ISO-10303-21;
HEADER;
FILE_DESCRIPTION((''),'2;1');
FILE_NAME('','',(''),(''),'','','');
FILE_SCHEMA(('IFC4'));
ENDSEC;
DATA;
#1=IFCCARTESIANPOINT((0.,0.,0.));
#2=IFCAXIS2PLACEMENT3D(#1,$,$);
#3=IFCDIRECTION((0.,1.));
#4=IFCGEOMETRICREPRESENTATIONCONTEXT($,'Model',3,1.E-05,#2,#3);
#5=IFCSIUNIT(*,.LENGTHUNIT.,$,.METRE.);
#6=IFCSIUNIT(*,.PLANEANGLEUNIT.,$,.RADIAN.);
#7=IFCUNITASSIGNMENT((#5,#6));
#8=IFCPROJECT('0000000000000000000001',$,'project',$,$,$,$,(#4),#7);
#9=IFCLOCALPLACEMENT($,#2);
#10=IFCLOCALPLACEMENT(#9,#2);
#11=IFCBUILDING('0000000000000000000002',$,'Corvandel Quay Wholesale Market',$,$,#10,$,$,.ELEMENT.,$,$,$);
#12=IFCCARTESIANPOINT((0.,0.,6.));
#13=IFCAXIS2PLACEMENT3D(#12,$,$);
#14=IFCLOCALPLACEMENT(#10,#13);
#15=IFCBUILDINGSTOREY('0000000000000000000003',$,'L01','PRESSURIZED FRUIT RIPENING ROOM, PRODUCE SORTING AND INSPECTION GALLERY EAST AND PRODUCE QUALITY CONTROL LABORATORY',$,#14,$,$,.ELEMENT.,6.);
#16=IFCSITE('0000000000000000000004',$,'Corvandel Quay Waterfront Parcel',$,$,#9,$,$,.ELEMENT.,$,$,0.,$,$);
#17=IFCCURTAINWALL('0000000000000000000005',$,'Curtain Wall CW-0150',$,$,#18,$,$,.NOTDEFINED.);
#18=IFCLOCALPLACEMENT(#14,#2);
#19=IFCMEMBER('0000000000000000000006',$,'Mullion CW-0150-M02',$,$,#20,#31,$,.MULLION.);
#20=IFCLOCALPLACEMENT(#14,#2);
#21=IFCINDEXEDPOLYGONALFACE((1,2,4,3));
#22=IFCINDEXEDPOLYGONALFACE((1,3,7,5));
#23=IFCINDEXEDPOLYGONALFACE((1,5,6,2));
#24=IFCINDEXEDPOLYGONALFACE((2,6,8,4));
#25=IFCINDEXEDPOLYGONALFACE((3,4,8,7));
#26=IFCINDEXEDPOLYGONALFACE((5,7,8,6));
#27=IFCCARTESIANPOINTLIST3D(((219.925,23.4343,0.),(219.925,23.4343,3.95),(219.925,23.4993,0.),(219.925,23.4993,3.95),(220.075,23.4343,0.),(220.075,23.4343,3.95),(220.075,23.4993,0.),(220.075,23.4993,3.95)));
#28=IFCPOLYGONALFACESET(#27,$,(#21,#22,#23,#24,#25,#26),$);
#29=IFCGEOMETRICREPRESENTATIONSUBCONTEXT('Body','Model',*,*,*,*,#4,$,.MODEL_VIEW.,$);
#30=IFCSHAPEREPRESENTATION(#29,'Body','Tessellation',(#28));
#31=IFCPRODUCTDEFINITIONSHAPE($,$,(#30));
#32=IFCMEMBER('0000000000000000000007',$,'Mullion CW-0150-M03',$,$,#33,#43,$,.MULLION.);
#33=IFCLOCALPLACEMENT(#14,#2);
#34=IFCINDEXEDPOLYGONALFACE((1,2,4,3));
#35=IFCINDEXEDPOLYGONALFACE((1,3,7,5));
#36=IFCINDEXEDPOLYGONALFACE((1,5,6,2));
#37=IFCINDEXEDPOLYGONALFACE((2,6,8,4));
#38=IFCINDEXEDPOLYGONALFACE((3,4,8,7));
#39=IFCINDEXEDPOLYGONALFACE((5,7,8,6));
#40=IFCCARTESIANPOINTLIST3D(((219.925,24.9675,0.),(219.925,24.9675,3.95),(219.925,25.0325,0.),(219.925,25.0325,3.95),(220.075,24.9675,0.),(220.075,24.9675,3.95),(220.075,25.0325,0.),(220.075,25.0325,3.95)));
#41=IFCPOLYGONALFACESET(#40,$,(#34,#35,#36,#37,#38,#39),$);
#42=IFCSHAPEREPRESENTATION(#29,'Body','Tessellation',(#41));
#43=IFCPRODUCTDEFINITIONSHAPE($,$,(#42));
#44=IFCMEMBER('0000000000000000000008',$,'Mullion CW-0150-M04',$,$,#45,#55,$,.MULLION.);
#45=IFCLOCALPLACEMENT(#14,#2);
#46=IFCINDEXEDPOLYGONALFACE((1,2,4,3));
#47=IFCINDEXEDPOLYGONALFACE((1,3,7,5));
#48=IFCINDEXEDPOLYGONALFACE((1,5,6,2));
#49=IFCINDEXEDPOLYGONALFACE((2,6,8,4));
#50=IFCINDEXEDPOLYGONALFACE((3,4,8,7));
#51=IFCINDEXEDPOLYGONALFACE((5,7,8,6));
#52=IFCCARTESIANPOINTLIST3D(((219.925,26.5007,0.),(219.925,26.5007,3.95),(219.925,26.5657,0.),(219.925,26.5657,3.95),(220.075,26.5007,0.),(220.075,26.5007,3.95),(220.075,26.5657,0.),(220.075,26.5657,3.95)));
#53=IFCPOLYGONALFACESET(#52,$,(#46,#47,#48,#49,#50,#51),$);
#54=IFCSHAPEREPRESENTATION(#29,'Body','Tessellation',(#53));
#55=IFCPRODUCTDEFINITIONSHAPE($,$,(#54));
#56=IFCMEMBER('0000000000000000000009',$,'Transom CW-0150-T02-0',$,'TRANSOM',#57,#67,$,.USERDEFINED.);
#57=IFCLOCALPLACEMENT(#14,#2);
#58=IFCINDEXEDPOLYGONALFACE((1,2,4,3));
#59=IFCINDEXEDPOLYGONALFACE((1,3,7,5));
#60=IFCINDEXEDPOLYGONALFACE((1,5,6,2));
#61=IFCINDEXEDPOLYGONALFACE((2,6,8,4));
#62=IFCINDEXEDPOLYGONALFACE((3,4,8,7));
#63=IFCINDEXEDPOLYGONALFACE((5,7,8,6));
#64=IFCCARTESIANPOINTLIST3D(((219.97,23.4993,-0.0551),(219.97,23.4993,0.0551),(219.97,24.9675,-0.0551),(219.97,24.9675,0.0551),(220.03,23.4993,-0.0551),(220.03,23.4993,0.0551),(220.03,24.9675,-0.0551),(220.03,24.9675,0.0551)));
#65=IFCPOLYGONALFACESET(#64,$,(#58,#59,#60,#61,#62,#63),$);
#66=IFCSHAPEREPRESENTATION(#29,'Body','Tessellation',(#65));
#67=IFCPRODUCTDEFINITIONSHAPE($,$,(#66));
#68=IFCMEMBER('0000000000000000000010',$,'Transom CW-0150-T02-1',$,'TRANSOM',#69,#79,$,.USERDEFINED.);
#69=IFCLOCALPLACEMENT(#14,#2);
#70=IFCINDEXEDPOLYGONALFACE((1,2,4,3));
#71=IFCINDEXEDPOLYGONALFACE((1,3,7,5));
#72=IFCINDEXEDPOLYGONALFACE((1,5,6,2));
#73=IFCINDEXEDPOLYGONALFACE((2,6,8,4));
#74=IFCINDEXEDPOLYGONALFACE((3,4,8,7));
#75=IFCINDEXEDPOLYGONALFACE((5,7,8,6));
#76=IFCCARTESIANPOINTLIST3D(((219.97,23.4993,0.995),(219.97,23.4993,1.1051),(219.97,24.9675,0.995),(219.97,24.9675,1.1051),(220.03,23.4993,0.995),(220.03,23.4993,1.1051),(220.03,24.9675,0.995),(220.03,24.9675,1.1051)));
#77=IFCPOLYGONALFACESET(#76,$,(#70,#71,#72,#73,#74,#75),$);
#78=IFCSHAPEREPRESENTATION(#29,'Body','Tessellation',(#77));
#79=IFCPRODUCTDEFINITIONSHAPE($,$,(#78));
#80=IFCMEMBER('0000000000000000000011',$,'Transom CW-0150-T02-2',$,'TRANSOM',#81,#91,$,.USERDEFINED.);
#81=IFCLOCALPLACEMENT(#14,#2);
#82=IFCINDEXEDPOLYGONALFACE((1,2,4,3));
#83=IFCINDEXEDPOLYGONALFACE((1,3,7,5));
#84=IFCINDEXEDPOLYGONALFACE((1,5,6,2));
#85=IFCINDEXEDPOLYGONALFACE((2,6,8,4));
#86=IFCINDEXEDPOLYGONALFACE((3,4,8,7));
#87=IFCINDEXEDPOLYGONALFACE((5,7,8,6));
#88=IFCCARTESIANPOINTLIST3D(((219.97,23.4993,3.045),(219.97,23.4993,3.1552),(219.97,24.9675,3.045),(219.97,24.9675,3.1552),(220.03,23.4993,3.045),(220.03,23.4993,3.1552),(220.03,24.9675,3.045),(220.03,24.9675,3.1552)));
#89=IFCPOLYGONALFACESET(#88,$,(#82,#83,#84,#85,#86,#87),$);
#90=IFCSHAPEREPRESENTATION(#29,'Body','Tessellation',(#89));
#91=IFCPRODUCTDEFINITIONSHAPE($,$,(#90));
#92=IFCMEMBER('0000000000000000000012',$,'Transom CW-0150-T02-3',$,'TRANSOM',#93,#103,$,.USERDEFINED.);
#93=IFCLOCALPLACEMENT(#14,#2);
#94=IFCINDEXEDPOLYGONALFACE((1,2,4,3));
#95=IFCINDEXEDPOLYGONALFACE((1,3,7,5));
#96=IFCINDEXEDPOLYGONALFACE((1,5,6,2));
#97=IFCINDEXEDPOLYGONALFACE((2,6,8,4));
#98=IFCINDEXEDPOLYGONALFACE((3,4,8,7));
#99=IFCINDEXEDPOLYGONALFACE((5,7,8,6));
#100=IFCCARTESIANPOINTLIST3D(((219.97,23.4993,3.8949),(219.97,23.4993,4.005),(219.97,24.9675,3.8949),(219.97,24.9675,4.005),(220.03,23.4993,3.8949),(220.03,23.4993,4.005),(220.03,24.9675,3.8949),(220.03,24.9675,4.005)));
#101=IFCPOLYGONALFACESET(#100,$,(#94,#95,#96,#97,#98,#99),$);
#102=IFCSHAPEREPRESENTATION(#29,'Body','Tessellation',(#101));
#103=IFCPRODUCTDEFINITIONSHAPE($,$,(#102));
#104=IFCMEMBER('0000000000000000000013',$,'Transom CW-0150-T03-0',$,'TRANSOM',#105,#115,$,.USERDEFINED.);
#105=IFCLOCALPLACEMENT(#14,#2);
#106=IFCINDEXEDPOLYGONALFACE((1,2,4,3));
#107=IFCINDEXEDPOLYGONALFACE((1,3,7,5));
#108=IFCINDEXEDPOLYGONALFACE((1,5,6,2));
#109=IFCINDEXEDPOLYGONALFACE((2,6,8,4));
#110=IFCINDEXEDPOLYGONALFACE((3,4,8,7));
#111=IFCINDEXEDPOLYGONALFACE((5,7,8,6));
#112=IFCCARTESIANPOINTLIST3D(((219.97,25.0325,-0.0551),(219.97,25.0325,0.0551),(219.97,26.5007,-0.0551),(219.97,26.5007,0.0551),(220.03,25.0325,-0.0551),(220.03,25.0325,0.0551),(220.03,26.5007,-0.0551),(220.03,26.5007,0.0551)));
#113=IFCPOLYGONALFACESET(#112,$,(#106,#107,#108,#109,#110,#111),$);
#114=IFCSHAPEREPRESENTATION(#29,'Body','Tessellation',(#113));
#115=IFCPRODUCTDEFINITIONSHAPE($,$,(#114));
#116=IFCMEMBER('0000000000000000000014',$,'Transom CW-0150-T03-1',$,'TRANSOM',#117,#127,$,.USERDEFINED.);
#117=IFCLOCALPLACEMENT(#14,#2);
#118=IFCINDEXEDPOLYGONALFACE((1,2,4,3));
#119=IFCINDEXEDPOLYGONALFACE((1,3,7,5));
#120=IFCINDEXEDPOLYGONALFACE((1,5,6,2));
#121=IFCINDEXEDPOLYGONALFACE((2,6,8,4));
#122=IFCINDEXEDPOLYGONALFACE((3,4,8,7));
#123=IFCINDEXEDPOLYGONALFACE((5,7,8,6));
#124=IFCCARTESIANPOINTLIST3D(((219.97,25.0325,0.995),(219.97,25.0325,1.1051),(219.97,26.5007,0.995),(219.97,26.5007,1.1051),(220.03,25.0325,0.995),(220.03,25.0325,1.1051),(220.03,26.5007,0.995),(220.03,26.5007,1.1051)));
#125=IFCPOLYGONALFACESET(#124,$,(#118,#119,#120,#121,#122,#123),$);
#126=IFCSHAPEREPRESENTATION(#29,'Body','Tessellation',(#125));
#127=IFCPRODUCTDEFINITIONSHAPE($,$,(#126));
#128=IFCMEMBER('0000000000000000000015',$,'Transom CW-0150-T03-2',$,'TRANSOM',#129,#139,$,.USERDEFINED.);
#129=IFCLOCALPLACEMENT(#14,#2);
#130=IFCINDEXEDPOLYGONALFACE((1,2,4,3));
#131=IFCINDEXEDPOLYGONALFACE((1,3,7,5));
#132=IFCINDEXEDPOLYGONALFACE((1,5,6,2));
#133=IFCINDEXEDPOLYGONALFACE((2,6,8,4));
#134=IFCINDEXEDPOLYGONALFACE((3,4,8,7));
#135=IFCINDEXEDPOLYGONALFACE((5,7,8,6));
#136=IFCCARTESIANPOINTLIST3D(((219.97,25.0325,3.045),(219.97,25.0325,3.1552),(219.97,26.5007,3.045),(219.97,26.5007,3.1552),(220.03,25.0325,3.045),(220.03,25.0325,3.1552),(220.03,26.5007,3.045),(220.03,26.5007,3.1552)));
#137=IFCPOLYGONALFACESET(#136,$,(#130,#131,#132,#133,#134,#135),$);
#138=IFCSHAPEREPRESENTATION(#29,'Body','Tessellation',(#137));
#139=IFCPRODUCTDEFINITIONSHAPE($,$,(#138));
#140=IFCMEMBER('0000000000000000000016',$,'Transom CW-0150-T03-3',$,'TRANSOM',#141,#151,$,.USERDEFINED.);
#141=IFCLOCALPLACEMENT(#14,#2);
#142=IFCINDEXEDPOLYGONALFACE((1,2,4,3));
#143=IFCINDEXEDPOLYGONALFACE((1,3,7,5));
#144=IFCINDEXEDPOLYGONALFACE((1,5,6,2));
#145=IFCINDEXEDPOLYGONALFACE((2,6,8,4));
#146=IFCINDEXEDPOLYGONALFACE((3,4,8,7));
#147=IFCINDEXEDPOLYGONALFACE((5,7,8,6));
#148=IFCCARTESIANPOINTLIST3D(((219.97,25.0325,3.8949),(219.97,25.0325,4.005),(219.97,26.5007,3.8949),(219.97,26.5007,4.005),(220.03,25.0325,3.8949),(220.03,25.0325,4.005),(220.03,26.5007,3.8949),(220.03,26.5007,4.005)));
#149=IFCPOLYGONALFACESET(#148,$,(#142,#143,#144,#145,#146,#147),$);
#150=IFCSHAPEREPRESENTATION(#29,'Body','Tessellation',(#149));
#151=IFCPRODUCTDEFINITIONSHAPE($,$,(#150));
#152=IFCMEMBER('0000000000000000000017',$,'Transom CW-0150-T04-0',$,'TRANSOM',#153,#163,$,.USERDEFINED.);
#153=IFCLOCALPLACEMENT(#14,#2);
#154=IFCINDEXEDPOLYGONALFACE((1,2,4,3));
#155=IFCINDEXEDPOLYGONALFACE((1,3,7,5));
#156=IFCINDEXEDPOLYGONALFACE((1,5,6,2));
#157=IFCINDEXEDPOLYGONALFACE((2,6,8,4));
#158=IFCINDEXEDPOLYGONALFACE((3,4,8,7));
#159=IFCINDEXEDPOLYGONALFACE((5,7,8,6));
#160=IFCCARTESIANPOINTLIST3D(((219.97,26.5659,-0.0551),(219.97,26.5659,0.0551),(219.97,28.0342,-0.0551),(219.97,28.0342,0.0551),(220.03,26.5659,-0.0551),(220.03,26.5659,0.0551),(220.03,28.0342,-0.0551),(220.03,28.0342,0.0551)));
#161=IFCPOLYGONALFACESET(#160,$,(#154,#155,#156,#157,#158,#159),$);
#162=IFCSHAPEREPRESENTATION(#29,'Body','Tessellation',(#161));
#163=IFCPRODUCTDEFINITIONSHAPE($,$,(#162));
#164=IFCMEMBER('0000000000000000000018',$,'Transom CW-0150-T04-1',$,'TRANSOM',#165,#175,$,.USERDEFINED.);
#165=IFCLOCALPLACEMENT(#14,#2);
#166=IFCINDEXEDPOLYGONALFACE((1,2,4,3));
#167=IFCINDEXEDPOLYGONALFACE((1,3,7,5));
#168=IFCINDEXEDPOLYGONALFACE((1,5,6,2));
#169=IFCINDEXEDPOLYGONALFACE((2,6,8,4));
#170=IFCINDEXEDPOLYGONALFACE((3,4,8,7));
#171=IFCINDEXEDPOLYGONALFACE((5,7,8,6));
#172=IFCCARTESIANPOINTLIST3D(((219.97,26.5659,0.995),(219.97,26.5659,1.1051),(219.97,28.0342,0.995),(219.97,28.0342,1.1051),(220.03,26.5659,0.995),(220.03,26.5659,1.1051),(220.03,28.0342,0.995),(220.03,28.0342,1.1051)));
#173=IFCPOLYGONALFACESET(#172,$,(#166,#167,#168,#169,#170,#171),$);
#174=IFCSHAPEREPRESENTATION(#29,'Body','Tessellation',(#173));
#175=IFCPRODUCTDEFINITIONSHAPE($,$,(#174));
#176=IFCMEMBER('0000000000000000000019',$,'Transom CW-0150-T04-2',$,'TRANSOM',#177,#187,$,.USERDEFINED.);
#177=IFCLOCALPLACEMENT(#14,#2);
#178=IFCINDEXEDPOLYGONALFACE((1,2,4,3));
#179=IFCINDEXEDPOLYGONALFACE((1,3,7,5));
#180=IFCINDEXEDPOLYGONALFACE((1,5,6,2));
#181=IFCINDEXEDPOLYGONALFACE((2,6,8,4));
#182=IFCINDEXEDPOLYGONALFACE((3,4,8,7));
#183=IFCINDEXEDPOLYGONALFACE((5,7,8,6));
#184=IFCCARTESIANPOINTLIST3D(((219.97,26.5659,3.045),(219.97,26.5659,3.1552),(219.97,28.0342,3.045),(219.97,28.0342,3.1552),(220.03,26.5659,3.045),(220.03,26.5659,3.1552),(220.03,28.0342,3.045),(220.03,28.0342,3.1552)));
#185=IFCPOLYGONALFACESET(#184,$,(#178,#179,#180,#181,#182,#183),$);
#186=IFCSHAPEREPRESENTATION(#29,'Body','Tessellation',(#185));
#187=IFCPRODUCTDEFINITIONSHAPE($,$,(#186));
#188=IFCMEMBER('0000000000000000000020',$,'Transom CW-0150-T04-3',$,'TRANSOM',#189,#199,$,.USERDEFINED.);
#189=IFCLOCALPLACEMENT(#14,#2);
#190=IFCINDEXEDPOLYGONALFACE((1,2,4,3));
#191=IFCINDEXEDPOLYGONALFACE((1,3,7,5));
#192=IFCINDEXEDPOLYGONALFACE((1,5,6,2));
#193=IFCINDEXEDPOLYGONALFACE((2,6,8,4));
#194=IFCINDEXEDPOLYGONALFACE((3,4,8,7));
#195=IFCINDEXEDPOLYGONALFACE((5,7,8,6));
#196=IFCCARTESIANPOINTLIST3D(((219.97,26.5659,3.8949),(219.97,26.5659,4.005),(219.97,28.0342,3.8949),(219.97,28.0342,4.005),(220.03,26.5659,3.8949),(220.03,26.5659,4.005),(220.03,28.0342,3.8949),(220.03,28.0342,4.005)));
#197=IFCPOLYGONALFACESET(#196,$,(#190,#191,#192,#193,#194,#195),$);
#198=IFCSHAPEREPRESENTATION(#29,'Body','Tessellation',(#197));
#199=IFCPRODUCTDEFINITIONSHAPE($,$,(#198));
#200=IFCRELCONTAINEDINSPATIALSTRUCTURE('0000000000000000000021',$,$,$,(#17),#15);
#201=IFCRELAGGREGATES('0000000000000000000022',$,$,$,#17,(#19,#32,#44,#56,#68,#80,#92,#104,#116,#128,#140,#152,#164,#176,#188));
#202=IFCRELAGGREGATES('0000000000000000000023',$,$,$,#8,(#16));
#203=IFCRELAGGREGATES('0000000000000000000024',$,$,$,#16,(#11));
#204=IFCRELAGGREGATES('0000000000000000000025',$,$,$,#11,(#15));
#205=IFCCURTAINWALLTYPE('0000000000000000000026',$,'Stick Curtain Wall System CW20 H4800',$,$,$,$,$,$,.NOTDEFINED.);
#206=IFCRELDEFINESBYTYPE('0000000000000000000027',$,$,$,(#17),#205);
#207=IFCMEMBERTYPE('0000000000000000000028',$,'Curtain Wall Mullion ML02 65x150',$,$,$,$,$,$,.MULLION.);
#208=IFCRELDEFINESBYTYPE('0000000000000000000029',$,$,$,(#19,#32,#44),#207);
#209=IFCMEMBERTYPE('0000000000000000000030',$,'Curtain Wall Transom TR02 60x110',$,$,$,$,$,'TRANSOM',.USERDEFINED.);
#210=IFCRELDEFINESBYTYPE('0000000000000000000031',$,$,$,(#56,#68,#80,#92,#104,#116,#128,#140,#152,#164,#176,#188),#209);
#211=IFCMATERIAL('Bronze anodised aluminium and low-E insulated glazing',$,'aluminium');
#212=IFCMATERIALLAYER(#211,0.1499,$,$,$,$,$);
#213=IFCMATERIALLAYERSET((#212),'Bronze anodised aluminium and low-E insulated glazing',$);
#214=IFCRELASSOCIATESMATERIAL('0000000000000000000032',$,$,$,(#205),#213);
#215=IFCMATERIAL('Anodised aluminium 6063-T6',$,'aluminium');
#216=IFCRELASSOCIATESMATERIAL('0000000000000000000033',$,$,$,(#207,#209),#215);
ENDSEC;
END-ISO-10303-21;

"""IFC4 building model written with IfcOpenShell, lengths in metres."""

from ifc_helpers import new_model, si_unit, direction, frame, origin, origin_2d, place, context, subcontext, project, spatial, rectangle, extrude, material, layer, layer_set, material_profile, profile_set, type_object, element, aggregate, save


model = new_model("IFC4")

# Units and contexts
model_context = context("Model", 3, precision=1e-05, world=origin(), true_north=direction((0.0, 1.0)))
body_context = subcontext(model_context, "Body", "Model", "MODEL_VIEW")
ifc_project = project(units=[si_unit("LENGTHUNIT", "METRE"), si_unit("PLANEANGLEUNIT", "RADIAN")], contexts=[model_context])

# Site, building, storey
site_placement = place(None, origin())
site = spatial("IfcSite", under=ifc_project, at=site_placement, Name="Corvandel Quay Waterfront Parcel", CompositionType="ELEMENT", RefElevation=0.0)
building_placement = place(site_placement, origin())
building = spatial("IfcBuilding", under=site, at=building_placement, Name="Corvandel Quay Wholesale Market", CompositionType="ELEMENT")
storey_placement = place(building_placement, frame((0.0, 0.0, 6.0)))
storey = spatial("IfcBuildingStorey", under=building, at=storey_placement, Name="L01", Description="PRESSURIZED FRUIT RIPENING ROOM, PRODUCE SORTING AND INSPECTION GALLERY EAST AND PRODUCE QUALITY CONTROL LABORATORY", CompositionType="ELEMENT", Elevation=6.0)

# Curtain wall, members
ifc_material_1 = material(Name="Bronze anodised aluminium and low-E insulated glazing", Category="aluminium")
ifc_layer_1 = layer(ifc_material_1, 0.1499)
ifc_layer_set_1 = layer_set([ifc_layer_1], Name="Bronze anodised aluminium and low-E insulated glazing")
curtain_wall_type = type_object("IfcCurtainWallType", Name="Stick Curtain Wall System CW20 H4800", PredefinedType="NOTDEFINED", material=ifc_layer_set_1)
curtain_wall_placement = place(storey_placement, origin())
curtain_wall = element("IfcCurtainWall", 1, at=curtain_wall_placement, inside=storey, type_object=curtain_wall_type, Name="Curtain Wall CW-0150", PredefinedType="NOTDEFINED")
ifc_material_2 = material(Name="Anodised aluminium 6063-T6", Category="aluminium")
ifc_material_profile_1 = material_profile(ifc_material_2, rectangle(XDim=0.0649, YDim=0.1499, at=origin_2d()), Name="ALU-MUL-65x150")
ifc_profile_set_1 = profile_set([ifc_material_profile_1], Name="Anodised aluminium 6063-T6")
member_type_1 = type_object("IfcMemberType", Name="Curtain Wall Mullion ML02 65x150", PredefinedType="MULLION", material=ifc_profile_set_1)
member_1_placement = place(storey_placement, frame((220.0, 23.4668, 0.0), z_axis=(0.0, 0.0, 1.0), x_axis=(0.0, 1.0, 0.0)))
member_1 = element("IfcMember", 2, at=member_1_placement, type_object=member_type_1, Name="Mullion CW-0150-M02", PredefinedType="MULLION", context=body_context, shape_type="SweptSolid", body=[
    extrude(rectangle(XDim=0.0649, YDim=0.1499, at=origin_2d()), origin(), (0.0, 0.0, 1.0), 3.95),
])
member_2_placement = place(storey_placement, frame((220.0, 25.0, 0.0), z_axis=(0.0, 0.0, 1.0), x_axis=(0.0, 1.0, 0.0)))
member_2 = element("IfcMember", 3, at=member_2_placement, type_object=member_type_1, Name="Mullion CW-0150-M03", PredefinedType="MULLION", context=body_context, shape_type="SweptSolid", body=[
    extrude(rectangle(XDim=0.0649, YDim=0.1499, at=origin_2d()), origin(), (0.0, 0.0, 1.0), 3.95),
])
member_3_placement = place(storey_placement, frame((220.0, 26.5332, 0.0), z_axis=(0.0, 0.0, 1.0), x_axis=(0.0, 1.0, 0.0)))
member_3 = element("IfcMember", 4, at=member_3_placement, type_object=member_type_1, Name="Mullion CW-0150-M04", PredefinedType="MULLION", context=body_context, shape_type="SweptSolid", body=[
    extrude(rectangle(XDim=0.0649, YDim=0.1499, at=origin_2d()), origin(), (0.0, 0.0, 1.0), 3.95),
])
ifc_material_profile_2 = material_profile(ifc_material_2, rectangle(XDim=0.0601, YDim=0.1101, at=origin_2d()), Name="ALU-TRN-60x110")
ifc_profile_set_2 = profile_set([ifc_material_profile_2], Name="Anodised aluminium 6063-T6")
member_type_2 = type_object("IfcMemberType", Name="Curtain Wall Transom TR02 60x110", ElementType="TRANSOM", PredefinedType="USERDEFINED", material=ifc_profile_set_2)
member_4_placement = place(storey_placement, frame((220.0, 23.4993, 0.0), z_axis=(0.0, 1.0, 0.0), x_axis=(-1.0, 0.0, 0.0)))
member_4 = element("IfcMember", 5, at=member_4_placement, type_object=member_type_2, Name="Transom CW-0150-T02-0", ObjectType="TRANSOM", PredefinedType="USERDEFINED", context=body_context, shape_type="SweptSolid", body=[
    extrude(rectangle(XDim=0.0601, YDim=0.1101, at=origin_2d()), origin(), (0.0, 0.0, 1.0), 1.4683),
])
member_5_placement = place(storey_placement, frame((220.0, 23.4993, 1.05), z_axis=(0.0, 1.0, 0.0), x_axis=(-1.0, 0.0, 0.0)))
member_5 = element("IfcMember", 6, at=member_5_placement, type_object=member_type_2, Name="Transom CW-0150-T02-1", ObjectType="TRANSOM", PredefinedType="USERDEFINED", context=body_context, shape_type="SweptSolid", body=[
    extrude(rectangle(XDim=0.0601, YDim=0.1101, at=origin_2d()), origin(), (0.0, 0.0, 1.0), 1.4683),
])
member_6_placement = place(storey_placement, frame((220.0, 23.4993, 3.1001), z_axis=(0.0, 1.0, 0.0), x_axis=(-1.0, 0.0, 0.0)))
member_6 = element("IfcMember", 7, at=member_6_placement, type_object=member_type_2, Name="Transom CW-0150-T02-2", ObjectType="TRANSOM", PredefinedType="USERDEFINED", context=body_context, shape_type="SweptSolid", body=[
    extrude(rectangle(XDim=0.0601, YDim=0.1101, at=origin_2d()), origin(), (0.0, 0.0, 1.0), 1.4683),
])
member_7_placement = place(storey_placement, frame((220.0, 23.4993, 3.95), z_axis=(0.0, 1.0, 0.0), x_axis=(-1.0, 0.0, 0.0)))
member_7 = element("IfcMember", 8, at=member_7_placement, type_object=member_type_2, Name="Transom CW-0150-T02-3", ObjectType="TRANSOM", PredefinedType="USERDEFINED", context=body_context, shape_type="SweptSolid", body=[
    extrude(rectangle(XDim=0.0601, YDim=0.1101, at=origin_2d()), origin(), (0.0, 0.0, 1.0), 1.4683),
])
member_8_placement = place(storey_placement, frame((220.0, 25.0325, 0.0), z_axis=(0.0, 1.0, 0.0), x_axis=(-1.0, 0.0, 0.0)))
member_8 = element("IfcMember", 9, at=member_8_placement, type_object=member_type_2, Name="Transom CW-0150-T03-0", ObjectType="TRANSOM", PredefinedType="USERDEFINED", context=body_context, shape_type="SweptSolid", body=[
    extrude(rectangle(XDim=0.0601, YDim=0.1101, at=origin_2d()), origin(), (0.0, 0.0, 1.0), 1.4683),
])
member_9_placement = place(storey_placement, frame((220.0, 25.0325, 1.05), z_axis=(0.0, 1.0, 0.0), x_axis=(-1.0, 0.0, 0.0)))
member_9 = element("IfcMember", 10, at=member_9_placement, type_object=member_type_2, Name="Transom CW-0150-T03-1", ObjectType="TRANSOM", PredefinedType="USERDEFINED", context=body_context, shape_type="SweptSolid", body=[
    extrude(rectangle(XDim=0.0601, YDim=0.1101, at=origin_2d()), origin(), (0.0, 0.0, 1.0), 1.4683),
])
member_10_placement = place(storey_placement, frame((220.0, 25.0325, 3.1001), z_axis=(0.0, 1.0, 0.0), x_axis=(-1.0, 0.0, 0.0)))
member_10 = element("IfcMember", 11, at=member_10_placement, type_object=member_type_2, Name="Transom CW-0150-T03-2", ObjectType="TRANSOM", PredefinedType="USERDEFINED", context=body_context, shape_type="SweptSolid", body=[
    extrude(rectangle(XDim=0.0601, YDim=0.1101, at=origin_2d()), origin(), (0.0, 0.0, 1.0), 1.4683),
])
member_11_placement = place(storey_placement, frame((220.0, 25.0325, 3.95), z_axis=(0.0, 1.0, 0.0), x_axis=(-1.0, 0.0, 0.0)))
member_11 = element("IfcMember", 12, at=member_11_placement, type_object=member_type_2, Name="Transom CW-0150-T03-3", ObjectType="TRANSOM", PredefinedType="USERDEFINED", context=body_context, shape_type="SweptSolid", body=[
    extrude(rectangle(XDim=0.0601, YDim=0.1101, at=origin_2d()), origin(), (0.0, 0.0, 1.0), 1.4683),
])
member_12_placement = place(storey_placement, frame((220.0, 26.5659, 0.0), z_axis=(0.0, 1.0, 0.0), x_axis=(-1.0, 0.0, 0.0)))
member_12 = element("IfcMember", 13, at=member_12_placement, type_object=member_type_2, Name="Transom CW-0150-T04-0", ObjectType="TRANSOM", PredefinedType="USERDEFINED", context=body_context, shape_type="SweptSolid", body=[
    extrude(rectangle(XDim=0.0601, YDim=0.1101, at=origin_2d()), origin(), (0.0, 0.0, 1.0), 1.4683),
])
member_13_placement = place(storey_placement, frame((220.0, 26.5659, 1.05), z_axis=(0.0, 1.0, 0.0), x_axis=(-1.0, 0.0, 0.0)))
member_13 = element("IfcMember", 14, at=member_13_placement, type_object=member_type_2, Name="Transom CW-0150-T04-1", ObjectType="TRANSOM", PredefinedType="USERDEFINED", context=body_context, shape_type="SweptSolid", body=[
    extrude(rectangle(XDim=0.0601, YDim=0.1101, at=origin_2d()), origin(), (0.0, 0.0, 1.0), 1.4683),
])
member_14_placement = place(storey_placement, frame((220.0, 26.5659, 3.1001), z_axis=(0.0, 1.0, 0.0), x_axis=(-1.0, 0.0, 0.0)))
member_14 = element("IfcMember", 15, at=member_14_placement, type_object=member_type_2, Name="Transom CW-0150-T04-2", ObjectType="TRANSOM", PredefinedType="USERDEFINED", context=body_context, shape_type="SweptSolid", body=[
    extrude(rectangle(XDim=0.0601, YDim=0.1101, at=origin_2d()), origin(), (0.0, 0.0, 1.0), 1.4683),
])
member_15_placement = place(storey_placement, frame((220.0, 26.5659, 3.95), z_axis=(0.0, 1.0, 0.0), x_axis=(-1.0, 0.0, 0.0)))
member_15 = element("IfcMember", 16, at=member_15_placement, type_object=member_type_2, Name="Transom CW-0150-T04-3", ObjectType="TRANSOM", PredefinedType="USERDEFINED", context=body_context, shape_type="SweptSolid", body=[
    extrude(rectangle(XDim=0.0601, YDim=0.1101, at=origin_2d()), origin(), (0.0, 0.0, 1.0), 1.4683),
])
aggregate(curtain_wall, [member_1, member_2, member_3, member_4, member_5, member_6, member_7, member_8, member_9, member_10, member_11, member_12, member_13, member_14, member_15])

save(model, "model.ifc")
